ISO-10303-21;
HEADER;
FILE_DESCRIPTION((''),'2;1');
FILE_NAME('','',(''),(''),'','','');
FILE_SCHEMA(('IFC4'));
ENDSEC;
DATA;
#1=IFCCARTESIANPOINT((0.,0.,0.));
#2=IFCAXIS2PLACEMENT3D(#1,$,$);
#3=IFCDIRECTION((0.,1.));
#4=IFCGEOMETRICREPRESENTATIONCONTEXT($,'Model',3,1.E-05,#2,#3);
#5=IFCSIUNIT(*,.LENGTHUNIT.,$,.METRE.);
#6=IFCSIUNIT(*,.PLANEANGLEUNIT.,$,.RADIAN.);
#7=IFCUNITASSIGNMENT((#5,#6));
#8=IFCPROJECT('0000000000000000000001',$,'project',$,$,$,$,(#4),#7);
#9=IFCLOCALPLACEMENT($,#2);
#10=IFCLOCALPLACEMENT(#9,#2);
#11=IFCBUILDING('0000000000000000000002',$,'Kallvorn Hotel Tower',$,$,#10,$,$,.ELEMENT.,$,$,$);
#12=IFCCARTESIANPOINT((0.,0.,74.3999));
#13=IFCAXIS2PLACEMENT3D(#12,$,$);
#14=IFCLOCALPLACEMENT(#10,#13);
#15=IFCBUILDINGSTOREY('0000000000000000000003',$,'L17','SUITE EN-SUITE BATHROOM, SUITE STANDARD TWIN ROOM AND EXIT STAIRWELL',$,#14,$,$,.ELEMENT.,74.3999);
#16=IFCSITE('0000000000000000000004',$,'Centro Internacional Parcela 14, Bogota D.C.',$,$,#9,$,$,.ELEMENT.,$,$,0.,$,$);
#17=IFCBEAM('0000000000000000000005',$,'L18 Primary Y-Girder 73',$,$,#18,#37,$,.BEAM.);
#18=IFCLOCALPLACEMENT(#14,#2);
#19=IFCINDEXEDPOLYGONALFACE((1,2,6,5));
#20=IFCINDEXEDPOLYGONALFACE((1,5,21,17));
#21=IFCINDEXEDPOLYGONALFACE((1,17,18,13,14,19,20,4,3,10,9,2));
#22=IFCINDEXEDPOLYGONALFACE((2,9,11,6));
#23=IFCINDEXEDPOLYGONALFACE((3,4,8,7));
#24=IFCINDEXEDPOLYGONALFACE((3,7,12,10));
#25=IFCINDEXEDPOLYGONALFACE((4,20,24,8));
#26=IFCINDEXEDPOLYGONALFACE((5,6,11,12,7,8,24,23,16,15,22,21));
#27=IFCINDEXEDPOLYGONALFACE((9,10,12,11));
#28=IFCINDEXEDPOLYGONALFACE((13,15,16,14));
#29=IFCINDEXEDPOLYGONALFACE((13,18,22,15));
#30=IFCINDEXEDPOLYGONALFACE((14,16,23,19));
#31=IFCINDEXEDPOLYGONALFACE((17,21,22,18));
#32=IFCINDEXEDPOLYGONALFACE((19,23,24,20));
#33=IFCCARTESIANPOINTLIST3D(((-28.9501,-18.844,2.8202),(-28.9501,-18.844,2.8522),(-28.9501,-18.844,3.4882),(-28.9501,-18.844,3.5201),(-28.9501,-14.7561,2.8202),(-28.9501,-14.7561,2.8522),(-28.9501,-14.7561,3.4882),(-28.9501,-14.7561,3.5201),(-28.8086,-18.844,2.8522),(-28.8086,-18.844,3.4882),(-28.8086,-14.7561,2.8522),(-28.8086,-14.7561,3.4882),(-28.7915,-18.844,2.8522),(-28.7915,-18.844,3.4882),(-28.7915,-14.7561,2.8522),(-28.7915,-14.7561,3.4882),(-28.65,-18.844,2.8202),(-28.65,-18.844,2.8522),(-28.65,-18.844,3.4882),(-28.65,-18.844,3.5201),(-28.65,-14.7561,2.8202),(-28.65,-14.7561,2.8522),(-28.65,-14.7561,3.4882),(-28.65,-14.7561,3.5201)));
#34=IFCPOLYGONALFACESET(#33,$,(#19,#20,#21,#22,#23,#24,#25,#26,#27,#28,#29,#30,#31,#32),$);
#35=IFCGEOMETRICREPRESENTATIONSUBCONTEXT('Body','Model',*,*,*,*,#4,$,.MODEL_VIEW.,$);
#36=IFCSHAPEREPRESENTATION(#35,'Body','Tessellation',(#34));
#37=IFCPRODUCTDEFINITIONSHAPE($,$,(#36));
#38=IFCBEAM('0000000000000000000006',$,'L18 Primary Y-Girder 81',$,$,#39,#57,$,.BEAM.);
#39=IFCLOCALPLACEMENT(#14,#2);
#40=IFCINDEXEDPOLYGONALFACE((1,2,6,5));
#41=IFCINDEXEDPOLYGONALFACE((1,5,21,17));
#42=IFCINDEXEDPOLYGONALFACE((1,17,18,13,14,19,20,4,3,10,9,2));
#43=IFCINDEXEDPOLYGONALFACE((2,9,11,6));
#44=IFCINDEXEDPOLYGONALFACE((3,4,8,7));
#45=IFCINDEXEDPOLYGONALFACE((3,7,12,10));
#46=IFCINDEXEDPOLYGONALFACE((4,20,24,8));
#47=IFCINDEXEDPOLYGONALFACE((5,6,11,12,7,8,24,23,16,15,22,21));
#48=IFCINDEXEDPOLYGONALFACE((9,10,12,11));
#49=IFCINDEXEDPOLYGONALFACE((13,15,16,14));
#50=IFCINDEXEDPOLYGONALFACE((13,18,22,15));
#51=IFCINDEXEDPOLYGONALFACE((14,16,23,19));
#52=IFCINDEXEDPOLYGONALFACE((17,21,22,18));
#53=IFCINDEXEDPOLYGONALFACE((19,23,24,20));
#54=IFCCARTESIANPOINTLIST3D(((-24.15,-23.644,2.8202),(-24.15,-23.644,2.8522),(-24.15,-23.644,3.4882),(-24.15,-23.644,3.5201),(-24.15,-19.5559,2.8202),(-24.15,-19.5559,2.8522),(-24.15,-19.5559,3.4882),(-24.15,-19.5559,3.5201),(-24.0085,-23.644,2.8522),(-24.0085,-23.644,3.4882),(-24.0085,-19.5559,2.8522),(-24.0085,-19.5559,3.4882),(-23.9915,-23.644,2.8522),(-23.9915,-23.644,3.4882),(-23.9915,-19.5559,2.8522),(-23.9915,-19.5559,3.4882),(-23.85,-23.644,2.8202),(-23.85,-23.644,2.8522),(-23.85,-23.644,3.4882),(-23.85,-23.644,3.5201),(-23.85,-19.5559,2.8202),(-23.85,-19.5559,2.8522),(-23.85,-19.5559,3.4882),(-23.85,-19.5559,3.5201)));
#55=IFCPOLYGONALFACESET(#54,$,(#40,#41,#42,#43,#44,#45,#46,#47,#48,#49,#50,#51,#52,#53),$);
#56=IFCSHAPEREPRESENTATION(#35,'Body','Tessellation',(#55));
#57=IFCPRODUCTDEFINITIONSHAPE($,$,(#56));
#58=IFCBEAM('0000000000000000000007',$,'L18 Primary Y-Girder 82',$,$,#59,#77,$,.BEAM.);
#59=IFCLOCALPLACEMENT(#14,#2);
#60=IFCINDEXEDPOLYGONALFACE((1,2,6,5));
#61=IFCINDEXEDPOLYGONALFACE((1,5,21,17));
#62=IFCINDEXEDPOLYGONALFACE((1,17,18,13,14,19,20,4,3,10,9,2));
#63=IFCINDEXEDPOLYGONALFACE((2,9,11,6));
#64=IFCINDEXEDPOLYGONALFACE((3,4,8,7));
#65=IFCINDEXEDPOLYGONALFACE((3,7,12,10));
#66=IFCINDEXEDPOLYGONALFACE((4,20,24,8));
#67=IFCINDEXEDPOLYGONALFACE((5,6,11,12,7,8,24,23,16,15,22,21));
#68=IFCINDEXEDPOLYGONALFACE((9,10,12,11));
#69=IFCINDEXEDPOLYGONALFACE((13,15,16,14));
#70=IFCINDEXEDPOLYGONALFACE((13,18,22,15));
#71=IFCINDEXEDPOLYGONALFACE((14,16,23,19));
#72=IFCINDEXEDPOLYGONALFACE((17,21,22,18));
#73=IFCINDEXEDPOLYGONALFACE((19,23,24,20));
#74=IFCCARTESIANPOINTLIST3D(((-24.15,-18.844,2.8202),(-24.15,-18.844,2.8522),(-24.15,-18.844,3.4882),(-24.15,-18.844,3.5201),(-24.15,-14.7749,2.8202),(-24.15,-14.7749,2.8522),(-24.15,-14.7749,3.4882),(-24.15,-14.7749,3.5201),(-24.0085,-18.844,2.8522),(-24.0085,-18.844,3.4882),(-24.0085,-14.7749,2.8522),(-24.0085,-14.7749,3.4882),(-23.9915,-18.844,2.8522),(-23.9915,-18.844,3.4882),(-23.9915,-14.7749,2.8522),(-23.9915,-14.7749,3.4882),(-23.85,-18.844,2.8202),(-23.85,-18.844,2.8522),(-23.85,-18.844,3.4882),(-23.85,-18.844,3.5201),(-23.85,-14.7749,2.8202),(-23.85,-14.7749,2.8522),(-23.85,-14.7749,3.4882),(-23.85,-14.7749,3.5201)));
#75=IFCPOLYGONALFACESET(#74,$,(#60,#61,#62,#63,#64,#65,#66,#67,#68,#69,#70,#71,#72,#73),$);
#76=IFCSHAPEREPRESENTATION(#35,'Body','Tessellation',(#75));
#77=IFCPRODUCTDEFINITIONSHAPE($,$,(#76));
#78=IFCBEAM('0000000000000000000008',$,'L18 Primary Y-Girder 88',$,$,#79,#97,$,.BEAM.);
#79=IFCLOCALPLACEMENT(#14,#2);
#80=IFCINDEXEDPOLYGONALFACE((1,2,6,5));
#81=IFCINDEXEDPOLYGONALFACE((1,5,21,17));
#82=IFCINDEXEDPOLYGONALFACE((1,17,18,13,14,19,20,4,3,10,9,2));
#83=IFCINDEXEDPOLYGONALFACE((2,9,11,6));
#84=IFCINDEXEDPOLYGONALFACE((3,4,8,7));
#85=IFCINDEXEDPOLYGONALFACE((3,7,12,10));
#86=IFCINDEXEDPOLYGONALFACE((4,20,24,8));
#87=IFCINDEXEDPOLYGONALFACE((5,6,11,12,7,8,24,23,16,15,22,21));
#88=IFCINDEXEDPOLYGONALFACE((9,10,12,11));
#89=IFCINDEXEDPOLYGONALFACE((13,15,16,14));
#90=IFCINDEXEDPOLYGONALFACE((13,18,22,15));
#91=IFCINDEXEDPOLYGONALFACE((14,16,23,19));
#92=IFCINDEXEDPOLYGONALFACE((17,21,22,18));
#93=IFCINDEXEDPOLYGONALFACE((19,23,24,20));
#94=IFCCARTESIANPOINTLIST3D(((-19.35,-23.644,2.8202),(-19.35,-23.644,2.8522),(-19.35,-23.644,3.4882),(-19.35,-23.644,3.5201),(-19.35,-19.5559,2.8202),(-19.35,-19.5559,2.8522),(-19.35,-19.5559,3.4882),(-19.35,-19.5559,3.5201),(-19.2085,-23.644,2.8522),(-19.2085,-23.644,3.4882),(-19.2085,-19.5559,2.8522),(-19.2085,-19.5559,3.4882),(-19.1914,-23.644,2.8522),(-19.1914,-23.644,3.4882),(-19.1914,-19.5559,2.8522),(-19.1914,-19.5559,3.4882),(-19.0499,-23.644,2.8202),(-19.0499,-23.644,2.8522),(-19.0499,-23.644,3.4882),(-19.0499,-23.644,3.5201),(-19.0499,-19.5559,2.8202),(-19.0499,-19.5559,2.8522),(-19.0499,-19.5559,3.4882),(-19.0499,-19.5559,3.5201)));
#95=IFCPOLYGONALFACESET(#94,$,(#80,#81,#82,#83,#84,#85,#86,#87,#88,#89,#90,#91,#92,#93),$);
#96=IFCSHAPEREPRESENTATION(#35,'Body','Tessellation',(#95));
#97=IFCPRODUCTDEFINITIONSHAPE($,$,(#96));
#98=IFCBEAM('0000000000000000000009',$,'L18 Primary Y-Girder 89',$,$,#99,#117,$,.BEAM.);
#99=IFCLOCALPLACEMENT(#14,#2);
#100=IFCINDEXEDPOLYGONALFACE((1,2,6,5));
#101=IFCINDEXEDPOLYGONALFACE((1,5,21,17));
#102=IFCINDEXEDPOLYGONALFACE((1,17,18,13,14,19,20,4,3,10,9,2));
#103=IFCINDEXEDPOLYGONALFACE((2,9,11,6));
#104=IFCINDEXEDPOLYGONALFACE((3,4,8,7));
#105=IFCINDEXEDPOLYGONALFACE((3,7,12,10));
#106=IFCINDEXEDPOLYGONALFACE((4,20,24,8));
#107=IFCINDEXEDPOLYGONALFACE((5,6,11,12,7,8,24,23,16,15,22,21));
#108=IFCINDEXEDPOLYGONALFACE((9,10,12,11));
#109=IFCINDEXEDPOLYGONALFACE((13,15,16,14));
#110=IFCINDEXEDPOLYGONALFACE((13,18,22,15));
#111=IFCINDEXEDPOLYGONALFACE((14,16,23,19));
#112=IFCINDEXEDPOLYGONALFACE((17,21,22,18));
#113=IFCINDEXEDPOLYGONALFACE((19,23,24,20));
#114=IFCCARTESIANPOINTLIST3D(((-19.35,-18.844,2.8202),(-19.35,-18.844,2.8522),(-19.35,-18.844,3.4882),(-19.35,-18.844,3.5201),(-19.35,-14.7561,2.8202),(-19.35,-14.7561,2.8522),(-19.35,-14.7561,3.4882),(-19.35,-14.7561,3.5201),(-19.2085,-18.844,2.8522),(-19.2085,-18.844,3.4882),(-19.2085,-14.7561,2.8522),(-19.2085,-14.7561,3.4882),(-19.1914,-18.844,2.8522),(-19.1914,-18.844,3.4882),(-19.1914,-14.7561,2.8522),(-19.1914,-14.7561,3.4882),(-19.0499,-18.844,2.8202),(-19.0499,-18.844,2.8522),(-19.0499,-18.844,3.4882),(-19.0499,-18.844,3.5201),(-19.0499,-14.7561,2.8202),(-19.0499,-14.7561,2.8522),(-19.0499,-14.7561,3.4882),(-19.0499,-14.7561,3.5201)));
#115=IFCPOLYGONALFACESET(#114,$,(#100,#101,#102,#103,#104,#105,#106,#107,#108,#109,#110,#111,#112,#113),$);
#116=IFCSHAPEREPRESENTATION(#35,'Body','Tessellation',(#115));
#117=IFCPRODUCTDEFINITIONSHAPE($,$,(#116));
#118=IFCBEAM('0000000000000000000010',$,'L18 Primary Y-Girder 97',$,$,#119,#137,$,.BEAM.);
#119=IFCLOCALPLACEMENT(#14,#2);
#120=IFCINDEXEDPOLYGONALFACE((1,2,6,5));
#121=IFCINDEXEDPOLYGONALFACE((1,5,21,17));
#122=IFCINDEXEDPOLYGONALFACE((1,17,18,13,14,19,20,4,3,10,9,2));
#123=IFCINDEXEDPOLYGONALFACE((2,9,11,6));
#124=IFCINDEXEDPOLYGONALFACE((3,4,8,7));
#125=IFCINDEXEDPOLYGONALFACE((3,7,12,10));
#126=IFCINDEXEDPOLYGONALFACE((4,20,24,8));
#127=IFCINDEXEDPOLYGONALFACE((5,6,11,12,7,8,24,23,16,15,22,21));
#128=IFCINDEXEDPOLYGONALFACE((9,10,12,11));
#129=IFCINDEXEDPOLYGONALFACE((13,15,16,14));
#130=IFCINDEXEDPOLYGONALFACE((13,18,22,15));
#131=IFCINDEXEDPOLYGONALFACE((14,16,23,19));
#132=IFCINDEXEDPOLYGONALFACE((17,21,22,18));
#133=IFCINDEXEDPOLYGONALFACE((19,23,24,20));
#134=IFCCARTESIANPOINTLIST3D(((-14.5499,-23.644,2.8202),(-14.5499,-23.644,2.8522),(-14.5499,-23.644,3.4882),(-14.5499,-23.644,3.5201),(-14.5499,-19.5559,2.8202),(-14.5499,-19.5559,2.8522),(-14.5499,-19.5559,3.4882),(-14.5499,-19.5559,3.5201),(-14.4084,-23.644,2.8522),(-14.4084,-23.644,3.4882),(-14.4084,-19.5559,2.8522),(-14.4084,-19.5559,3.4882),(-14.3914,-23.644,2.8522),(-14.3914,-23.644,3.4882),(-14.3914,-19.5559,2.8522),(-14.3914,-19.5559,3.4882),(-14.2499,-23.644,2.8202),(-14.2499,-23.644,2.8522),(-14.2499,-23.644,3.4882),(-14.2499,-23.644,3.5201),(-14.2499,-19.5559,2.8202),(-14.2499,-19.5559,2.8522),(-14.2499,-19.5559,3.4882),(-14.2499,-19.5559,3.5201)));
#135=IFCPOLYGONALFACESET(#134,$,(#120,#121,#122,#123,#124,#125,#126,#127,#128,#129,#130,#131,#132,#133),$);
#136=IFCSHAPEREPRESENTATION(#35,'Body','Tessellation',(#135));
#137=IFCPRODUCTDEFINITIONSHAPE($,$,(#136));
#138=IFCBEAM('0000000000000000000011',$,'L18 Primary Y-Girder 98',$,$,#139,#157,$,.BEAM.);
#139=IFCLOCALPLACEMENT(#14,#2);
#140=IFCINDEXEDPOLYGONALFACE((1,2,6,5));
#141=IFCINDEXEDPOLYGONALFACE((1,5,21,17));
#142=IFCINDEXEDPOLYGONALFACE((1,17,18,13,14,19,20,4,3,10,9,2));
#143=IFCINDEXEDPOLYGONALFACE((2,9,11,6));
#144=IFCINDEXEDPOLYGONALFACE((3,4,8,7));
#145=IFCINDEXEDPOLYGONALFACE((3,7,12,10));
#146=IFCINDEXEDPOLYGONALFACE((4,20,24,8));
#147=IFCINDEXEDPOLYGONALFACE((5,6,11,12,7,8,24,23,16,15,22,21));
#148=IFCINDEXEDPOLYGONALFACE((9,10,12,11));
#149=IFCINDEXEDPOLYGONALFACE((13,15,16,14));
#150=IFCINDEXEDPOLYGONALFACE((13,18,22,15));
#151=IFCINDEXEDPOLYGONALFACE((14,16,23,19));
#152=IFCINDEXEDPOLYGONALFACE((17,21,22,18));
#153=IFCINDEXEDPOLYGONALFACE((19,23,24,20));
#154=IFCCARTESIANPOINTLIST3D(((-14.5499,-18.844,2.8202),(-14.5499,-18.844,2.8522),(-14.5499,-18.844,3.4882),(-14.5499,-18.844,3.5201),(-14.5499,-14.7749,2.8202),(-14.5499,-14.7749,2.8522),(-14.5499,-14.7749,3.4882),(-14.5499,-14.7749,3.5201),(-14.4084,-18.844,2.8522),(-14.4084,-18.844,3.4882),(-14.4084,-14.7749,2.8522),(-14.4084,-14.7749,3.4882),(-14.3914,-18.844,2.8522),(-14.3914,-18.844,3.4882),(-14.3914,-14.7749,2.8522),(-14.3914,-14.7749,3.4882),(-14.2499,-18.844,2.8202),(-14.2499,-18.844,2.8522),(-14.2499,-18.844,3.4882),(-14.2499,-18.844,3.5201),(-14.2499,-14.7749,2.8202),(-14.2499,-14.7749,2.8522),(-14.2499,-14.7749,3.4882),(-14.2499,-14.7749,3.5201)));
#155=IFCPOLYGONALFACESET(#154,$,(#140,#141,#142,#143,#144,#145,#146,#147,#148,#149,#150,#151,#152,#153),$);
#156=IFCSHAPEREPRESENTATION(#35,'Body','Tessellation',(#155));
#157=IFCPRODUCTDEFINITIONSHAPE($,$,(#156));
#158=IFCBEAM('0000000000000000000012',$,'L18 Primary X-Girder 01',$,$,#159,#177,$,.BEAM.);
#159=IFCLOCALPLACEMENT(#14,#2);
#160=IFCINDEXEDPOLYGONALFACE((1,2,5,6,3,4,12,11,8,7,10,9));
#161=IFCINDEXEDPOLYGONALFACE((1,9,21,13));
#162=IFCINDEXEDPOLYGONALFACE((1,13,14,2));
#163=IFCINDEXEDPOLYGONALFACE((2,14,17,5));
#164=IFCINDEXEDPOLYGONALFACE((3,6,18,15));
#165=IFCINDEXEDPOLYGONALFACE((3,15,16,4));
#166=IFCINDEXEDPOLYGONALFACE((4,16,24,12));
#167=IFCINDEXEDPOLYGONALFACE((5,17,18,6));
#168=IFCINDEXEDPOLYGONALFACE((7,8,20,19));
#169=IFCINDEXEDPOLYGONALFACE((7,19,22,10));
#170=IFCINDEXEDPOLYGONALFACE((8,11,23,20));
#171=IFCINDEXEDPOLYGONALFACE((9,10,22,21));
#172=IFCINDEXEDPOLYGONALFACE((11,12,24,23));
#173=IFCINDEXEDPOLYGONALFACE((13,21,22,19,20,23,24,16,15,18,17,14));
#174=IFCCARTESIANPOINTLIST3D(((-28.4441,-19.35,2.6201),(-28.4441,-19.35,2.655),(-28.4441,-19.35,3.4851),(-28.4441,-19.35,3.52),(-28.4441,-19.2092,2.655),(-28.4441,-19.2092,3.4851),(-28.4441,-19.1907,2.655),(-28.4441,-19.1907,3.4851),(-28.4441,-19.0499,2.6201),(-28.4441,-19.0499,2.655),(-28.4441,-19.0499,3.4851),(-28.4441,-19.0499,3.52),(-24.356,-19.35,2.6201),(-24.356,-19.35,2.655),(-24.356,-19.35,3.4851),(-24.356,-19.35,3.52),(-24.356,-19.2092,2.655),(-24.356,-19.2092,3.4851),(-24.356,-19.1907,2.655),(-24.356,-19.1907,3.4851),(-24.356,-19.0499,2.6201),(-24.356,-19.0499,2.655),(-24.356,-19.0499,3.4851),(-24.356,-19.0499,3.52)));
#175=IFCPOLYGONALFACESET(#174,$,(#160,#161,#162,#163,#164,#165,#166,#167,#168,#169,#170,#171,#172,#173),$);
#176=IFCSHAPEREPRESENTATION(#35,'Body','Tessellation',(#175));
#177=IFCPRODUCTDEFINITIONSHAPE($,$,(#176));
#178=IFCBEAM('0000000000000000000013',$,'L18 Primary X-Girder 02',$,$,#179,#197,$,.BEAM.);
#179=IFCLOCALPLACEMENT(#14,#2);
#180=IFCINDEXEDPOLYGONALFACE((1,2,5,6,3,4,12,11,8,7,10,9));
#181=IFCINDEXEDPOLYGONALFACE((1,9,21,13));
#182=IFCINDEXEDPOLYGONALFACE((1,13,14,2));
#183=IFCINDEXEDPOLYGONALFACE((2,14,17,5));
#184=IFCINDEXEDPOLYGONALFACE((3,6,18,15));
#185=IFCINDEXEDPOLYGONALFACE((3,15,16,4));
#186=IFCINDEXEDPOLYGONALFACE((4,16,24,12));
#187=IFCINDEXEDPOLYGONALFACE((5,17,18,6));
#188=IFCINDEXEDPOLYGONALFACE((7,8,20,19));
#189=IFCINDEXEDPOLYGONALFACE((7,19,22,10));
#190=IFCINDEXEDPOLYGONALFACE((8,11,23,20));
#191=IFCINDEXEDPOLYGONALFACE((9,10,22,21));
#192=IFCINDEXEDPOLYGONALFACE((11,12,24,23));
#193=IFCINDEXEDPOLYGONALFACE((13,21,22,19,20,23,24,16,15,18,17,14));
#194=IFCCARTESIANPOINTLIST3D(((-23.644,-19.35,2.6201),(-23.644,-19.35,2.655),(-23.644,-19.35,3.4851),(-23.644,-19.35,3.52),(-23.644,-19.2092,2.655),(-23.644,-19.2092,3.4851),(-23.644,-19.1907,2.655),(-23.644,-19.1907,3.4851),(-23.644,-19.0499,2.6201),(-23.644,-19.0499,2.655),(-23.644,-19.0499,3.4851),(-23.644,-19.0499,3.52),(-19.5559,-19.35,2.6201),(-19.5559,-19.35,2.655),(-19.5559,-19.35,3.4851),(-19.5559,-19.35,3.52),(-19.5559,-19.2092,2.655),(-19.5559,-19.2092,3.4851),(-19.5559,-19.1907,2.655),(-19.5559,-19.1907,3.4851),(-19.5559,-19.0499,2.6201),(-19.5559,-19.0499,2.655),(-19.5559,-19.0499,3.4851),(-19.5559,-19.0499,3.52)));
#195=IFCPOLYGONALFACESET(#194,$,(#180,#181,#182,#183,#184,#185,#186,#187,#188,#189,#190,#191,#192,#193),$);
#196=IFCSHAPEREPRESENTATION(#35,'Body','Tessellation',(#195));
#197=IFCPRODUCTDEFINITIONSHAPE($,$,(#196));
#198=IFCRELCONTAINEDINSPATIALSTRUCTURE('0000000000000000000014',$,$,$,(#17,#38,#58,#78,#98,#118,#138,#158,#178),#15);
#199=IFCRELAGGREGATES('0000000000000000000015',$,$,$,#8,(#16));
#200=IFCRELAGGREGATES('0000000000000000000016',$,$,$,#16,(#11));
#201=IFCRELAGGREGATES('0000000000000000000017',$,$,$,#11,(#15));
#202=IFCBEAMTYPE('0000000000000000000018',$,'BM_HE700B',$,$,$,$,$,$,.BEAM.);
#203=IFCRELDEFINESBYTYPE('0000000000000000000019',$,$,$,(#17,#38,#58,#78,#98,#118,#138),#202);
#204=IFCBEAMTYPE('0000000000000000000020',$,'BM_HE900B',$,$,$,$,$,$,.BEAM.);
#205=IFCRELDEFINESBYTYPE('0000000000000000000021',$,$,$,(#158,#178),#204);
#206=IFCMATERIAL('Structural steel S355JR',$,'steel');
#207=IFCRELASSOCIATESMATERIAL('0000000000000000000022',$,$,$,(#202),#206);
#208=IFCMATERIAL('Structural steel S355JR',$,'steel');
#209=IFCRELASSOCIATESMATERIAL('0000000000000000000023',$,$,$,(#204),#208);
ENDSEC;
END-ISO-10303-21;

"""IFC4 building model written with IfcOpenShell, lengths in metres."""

from ifc_helpers import new_model, si_unit, direction, frame, origin, origin_2d, place, context, subcontext, project, spatial, i_section, extrude, material, material_profile, profile_set, type_object, element, save


model = new_model("IFC4")

# Units and contexts
model_context = context("Model", 3, precision=1e-05, world=origin(), true_north=direction((0.0, 1.0)))
body_context = subcontext(model_context, "Body", "Model", "MODEL_VIEW")
ifc_project = project(units=[si_unit("LENGTHUNIT", "METRE"), si_unit("PLANEANGLEUNIT", "RADIAN")], contexts=[model_context])

# Site, building, storey
site_placement = place(None, origin())
site = spatial("IfcSite", under=ifc_project, at=site_placement, Name="Centro Internacional Parcela 14, Bogota D.C.", CompositionType="ELEMENT", RefElevation=0.0)
building_placement = place(site_placement, origin())
building = spatial("IfcBuilding", under=site, at=building_placement, Name="Kallvorn Hotel Tower", CompositionType="ELEMENT")
storey_placement = place(building_placement, frame((0.0, 0.0, 74.3999)))
storey = spatial("IfcBuildingStorey", under=building, at=storey_placement, Name="L17", Description="SUITE EN-SUITE BATHROOM, SUITE STANDARD TWIN ROOM AND EXIT STAIRWELL", CompositionType="ELEMENT", Elevation=74.3999)

# Beams
ifc_material_1 = material(Name="Structural steel S355JR", Category="steel")
ifc_material_profile_1 = material_profile(ifc_material_1, i_section(OverallWidth=0.3, OverallDepth=0.7, WebThickness=0.0171, FlangeThickness=0.032, at=origin_2d()), Name="HE 700 B")
ifc_profile_set_1 = profile_set([ifc_material_profile_1], Name="Structural steel S355JR")
beam_type_1 = type_object("IfcBeamType", Name="BM_HE700B", PredefinedType="BEAM", material=ifc_profile_set_1)
beam_1_placement = place(storey_placement, frame((-28.8, -18.844, 3.1702), z_axis=(0.0, 1.0, 0.0), x_axis=(-1.0, 0.0, 0.0)))
element("IfcBeam", 1, at=beam_1_placement, inside=storey, type_object=beam_type_1, Name="L18 Primary Y-Girder 73", PredefinedType="BEAM", context=body_context, shape_type="SweptSolid", body=[
    extrude(i_section(OverallWidth=0.3, OverallDepth=0.7, WebThickness=0.0171, FlangeThickness=0.032, at=origin_2d()), origin(), (0.0, 0.0, 1.0), 4.0879),
])
beam_2_placement = place(storey_placement, frame((-24.0, -23.644, 3.1702), z_axis=(0.0, 1.0, 0.0), x_axis=(-1.0, 0.0, 0.0)))
element("IfcBeam", 2, at=beam_2_placement, inside=storey, type_object=beam_type_1, Name="L18 Primary Y-Girder 81", PredefinedType="BEAM", context=body_context, shape_type="SweptSolid", body=[
    extrude(i_section(OverallWidth=0.3, OverallDepth=0.7, WebThickness=0.0171, FlangeThickness=0.032, at=origin_2d()), origin(), (0.0, 0.0, 1.0), 4.0881),
])
beam_3_placement = place(storey_placement, frame((-24.0, -18.844, 3.1702), z_axis=(0.0, 1.0, 0.0), x_axis=(-1.0, 0.0, 0.0)))
element("IfcBeam", 3, at=beam_3_placement, inside=storey, type_object=beam_type_1, Name="L18 Primary Y-Girder 82", PredefinedType="BEAM", context=body_context, shape_type="SweptSolid", body=[
    extrude(i_section(OverallWidth=0.3, OverallDepth=0.7, WebThickness=0.0171, FlangeThickness=0.032, at=origin_2d()), origin(), (0.0, 0.0, 1.0), 4.0691),
])
beam_4_placement = place(storey_placement, frame((-19.2, -23.644, 3.1702), z_axis=(0.0, 1.0, 0.0), x_axis=(-1.0, 0.0, 0.0)))
element("IfcBeam", 4, at=beam_4_placement, inside=storey, type_object=beam_type_1, Name="L18 Primary Y-Girder 88", PredefinedType="BEAM", context=body_context, shape_type="SweptSolid", body=[
    extrude(i_section(OverallWidth=0.3, OverallDepth=0.7, WebThickness=0.0171, FlangeThickness=0.032, at=origin_2d()), origin(), (0.0, 0.0, 1.0), 4.0881),
])
beam_5_placement = place(storey_placement, frame((-19.2, -18.844, 3.1702), z_axis=(0.0, 1.0, 0.0), x_axis=(-1.0, 0.0, 0.0)))
element("IfcBeam", 5, at=beam_5_placement, inside=storey, type_object=beam_type_1, Name="L18 Primary Y-Girder 89", PredefinedType="BEAM", context=body_context, shape_type="SweptSolid", body=[
    extrude(i_section(OverallWidth=0.3, OverallDepth=0.7, WebThickness=0.0171, FlangeThickness=0.032, at=origin_2d()), origin(), (0.0, 0.0, 1.0), 4.0879),
])
beam_6_placement = place(storey_placement, frame((-14.3999, -23.644, 3.1702), z_axis=(0.0, 1.0, 0.0), x_axis=(-1.0, 0.0, 0.0)))
element("IfcBeam", 6, at=beam_6_placement, inside=storey, type_object=beam_type_1, Name="L18 Primary Y-Girder 97", PredefinedType="BEAM", context=body_context, shape_type="SweptSolid", body=[
    extrude(i_section(OverallWidth=0.3, OverallDepth=0.7, WebThickness=0.0171, FlangeThickness=0.032, at=origin_2d()), origin(), (0.0, 0.0, 1.0), 4.0881),
])
beam_7_placement = place(storey_placement, frame((-14.3999, -18.844, 3.1702), z_axis=(0.0, 1.0, 0.0), x_axis=(-1.0, 0.0, 0.0)))
element("IfcBeam", 7, at=beam_7_placement, inside=storey, type_object=beam_type_1, Name="L18 Primary Y-Girder 98", PredefinedType="BEAM", context=body_context, shape_type="SweptSolid", body=[
    extrude(i_section(OverallWidth=0.3, OverallDepth=0.7, WebThickness=0.0171, FlangeThickness=0.032, at=origin_2d()), origin(), (0.0, 0.0, 1.0), 4.0691),
])
ifc_material_2 = material(Name="Structural steel S355JR", Category="steel")
ifc_material_profile_2 = material_profile(ifc_material_2, i_section(OverallWidth=0.3, OverallDepth=0.8999, WebThickness=0.0186, FlangeThickness=0.0349, at=origin_2d()), Name="HE 900 B")
ifc_profile_set_2 = profile_set([ifc_material_profile_2], Name="Structural steel S355JR")
beam_type_2 = type_object("IfcBeamType", Name="BM_HE900B", PredefinedType="BEAM", material=ifc_profile_set_2)
for number, where, z_axis, x_axis, name in (
    (8, (-28.4441, -19.2, 3.0701), (1.0, 0.0, 0.0), (0.0, 1.0, 0.0), "L18 Primary X-Girder 01"),
    (9, (-23.644, -19.2, 3.0701), (1.0, 0.0, 0.0), (0.0, 1.0, 0.0), "L18 Primary X-Girder 02"),
):
    element("IfcBeam", number, at=place(storey_placement, frame(where, z_axis=z_axis, x_axis=x_axis)), inside=storey, type_object=beam_type_2, Name=name, PredefinedType="BEAM", context=body_context, shape_type="SweptSolid", body=[
        extrude(i_section(OverallWidth=0.3, OverallDepth=0.8999, WebThickness=0.0186, FlangeThickness=0.0349, at=origin_2d()), origin(), (0.0, 0.0, 1.0), 4.0881),
    ])

save(model, "model.ifc")
